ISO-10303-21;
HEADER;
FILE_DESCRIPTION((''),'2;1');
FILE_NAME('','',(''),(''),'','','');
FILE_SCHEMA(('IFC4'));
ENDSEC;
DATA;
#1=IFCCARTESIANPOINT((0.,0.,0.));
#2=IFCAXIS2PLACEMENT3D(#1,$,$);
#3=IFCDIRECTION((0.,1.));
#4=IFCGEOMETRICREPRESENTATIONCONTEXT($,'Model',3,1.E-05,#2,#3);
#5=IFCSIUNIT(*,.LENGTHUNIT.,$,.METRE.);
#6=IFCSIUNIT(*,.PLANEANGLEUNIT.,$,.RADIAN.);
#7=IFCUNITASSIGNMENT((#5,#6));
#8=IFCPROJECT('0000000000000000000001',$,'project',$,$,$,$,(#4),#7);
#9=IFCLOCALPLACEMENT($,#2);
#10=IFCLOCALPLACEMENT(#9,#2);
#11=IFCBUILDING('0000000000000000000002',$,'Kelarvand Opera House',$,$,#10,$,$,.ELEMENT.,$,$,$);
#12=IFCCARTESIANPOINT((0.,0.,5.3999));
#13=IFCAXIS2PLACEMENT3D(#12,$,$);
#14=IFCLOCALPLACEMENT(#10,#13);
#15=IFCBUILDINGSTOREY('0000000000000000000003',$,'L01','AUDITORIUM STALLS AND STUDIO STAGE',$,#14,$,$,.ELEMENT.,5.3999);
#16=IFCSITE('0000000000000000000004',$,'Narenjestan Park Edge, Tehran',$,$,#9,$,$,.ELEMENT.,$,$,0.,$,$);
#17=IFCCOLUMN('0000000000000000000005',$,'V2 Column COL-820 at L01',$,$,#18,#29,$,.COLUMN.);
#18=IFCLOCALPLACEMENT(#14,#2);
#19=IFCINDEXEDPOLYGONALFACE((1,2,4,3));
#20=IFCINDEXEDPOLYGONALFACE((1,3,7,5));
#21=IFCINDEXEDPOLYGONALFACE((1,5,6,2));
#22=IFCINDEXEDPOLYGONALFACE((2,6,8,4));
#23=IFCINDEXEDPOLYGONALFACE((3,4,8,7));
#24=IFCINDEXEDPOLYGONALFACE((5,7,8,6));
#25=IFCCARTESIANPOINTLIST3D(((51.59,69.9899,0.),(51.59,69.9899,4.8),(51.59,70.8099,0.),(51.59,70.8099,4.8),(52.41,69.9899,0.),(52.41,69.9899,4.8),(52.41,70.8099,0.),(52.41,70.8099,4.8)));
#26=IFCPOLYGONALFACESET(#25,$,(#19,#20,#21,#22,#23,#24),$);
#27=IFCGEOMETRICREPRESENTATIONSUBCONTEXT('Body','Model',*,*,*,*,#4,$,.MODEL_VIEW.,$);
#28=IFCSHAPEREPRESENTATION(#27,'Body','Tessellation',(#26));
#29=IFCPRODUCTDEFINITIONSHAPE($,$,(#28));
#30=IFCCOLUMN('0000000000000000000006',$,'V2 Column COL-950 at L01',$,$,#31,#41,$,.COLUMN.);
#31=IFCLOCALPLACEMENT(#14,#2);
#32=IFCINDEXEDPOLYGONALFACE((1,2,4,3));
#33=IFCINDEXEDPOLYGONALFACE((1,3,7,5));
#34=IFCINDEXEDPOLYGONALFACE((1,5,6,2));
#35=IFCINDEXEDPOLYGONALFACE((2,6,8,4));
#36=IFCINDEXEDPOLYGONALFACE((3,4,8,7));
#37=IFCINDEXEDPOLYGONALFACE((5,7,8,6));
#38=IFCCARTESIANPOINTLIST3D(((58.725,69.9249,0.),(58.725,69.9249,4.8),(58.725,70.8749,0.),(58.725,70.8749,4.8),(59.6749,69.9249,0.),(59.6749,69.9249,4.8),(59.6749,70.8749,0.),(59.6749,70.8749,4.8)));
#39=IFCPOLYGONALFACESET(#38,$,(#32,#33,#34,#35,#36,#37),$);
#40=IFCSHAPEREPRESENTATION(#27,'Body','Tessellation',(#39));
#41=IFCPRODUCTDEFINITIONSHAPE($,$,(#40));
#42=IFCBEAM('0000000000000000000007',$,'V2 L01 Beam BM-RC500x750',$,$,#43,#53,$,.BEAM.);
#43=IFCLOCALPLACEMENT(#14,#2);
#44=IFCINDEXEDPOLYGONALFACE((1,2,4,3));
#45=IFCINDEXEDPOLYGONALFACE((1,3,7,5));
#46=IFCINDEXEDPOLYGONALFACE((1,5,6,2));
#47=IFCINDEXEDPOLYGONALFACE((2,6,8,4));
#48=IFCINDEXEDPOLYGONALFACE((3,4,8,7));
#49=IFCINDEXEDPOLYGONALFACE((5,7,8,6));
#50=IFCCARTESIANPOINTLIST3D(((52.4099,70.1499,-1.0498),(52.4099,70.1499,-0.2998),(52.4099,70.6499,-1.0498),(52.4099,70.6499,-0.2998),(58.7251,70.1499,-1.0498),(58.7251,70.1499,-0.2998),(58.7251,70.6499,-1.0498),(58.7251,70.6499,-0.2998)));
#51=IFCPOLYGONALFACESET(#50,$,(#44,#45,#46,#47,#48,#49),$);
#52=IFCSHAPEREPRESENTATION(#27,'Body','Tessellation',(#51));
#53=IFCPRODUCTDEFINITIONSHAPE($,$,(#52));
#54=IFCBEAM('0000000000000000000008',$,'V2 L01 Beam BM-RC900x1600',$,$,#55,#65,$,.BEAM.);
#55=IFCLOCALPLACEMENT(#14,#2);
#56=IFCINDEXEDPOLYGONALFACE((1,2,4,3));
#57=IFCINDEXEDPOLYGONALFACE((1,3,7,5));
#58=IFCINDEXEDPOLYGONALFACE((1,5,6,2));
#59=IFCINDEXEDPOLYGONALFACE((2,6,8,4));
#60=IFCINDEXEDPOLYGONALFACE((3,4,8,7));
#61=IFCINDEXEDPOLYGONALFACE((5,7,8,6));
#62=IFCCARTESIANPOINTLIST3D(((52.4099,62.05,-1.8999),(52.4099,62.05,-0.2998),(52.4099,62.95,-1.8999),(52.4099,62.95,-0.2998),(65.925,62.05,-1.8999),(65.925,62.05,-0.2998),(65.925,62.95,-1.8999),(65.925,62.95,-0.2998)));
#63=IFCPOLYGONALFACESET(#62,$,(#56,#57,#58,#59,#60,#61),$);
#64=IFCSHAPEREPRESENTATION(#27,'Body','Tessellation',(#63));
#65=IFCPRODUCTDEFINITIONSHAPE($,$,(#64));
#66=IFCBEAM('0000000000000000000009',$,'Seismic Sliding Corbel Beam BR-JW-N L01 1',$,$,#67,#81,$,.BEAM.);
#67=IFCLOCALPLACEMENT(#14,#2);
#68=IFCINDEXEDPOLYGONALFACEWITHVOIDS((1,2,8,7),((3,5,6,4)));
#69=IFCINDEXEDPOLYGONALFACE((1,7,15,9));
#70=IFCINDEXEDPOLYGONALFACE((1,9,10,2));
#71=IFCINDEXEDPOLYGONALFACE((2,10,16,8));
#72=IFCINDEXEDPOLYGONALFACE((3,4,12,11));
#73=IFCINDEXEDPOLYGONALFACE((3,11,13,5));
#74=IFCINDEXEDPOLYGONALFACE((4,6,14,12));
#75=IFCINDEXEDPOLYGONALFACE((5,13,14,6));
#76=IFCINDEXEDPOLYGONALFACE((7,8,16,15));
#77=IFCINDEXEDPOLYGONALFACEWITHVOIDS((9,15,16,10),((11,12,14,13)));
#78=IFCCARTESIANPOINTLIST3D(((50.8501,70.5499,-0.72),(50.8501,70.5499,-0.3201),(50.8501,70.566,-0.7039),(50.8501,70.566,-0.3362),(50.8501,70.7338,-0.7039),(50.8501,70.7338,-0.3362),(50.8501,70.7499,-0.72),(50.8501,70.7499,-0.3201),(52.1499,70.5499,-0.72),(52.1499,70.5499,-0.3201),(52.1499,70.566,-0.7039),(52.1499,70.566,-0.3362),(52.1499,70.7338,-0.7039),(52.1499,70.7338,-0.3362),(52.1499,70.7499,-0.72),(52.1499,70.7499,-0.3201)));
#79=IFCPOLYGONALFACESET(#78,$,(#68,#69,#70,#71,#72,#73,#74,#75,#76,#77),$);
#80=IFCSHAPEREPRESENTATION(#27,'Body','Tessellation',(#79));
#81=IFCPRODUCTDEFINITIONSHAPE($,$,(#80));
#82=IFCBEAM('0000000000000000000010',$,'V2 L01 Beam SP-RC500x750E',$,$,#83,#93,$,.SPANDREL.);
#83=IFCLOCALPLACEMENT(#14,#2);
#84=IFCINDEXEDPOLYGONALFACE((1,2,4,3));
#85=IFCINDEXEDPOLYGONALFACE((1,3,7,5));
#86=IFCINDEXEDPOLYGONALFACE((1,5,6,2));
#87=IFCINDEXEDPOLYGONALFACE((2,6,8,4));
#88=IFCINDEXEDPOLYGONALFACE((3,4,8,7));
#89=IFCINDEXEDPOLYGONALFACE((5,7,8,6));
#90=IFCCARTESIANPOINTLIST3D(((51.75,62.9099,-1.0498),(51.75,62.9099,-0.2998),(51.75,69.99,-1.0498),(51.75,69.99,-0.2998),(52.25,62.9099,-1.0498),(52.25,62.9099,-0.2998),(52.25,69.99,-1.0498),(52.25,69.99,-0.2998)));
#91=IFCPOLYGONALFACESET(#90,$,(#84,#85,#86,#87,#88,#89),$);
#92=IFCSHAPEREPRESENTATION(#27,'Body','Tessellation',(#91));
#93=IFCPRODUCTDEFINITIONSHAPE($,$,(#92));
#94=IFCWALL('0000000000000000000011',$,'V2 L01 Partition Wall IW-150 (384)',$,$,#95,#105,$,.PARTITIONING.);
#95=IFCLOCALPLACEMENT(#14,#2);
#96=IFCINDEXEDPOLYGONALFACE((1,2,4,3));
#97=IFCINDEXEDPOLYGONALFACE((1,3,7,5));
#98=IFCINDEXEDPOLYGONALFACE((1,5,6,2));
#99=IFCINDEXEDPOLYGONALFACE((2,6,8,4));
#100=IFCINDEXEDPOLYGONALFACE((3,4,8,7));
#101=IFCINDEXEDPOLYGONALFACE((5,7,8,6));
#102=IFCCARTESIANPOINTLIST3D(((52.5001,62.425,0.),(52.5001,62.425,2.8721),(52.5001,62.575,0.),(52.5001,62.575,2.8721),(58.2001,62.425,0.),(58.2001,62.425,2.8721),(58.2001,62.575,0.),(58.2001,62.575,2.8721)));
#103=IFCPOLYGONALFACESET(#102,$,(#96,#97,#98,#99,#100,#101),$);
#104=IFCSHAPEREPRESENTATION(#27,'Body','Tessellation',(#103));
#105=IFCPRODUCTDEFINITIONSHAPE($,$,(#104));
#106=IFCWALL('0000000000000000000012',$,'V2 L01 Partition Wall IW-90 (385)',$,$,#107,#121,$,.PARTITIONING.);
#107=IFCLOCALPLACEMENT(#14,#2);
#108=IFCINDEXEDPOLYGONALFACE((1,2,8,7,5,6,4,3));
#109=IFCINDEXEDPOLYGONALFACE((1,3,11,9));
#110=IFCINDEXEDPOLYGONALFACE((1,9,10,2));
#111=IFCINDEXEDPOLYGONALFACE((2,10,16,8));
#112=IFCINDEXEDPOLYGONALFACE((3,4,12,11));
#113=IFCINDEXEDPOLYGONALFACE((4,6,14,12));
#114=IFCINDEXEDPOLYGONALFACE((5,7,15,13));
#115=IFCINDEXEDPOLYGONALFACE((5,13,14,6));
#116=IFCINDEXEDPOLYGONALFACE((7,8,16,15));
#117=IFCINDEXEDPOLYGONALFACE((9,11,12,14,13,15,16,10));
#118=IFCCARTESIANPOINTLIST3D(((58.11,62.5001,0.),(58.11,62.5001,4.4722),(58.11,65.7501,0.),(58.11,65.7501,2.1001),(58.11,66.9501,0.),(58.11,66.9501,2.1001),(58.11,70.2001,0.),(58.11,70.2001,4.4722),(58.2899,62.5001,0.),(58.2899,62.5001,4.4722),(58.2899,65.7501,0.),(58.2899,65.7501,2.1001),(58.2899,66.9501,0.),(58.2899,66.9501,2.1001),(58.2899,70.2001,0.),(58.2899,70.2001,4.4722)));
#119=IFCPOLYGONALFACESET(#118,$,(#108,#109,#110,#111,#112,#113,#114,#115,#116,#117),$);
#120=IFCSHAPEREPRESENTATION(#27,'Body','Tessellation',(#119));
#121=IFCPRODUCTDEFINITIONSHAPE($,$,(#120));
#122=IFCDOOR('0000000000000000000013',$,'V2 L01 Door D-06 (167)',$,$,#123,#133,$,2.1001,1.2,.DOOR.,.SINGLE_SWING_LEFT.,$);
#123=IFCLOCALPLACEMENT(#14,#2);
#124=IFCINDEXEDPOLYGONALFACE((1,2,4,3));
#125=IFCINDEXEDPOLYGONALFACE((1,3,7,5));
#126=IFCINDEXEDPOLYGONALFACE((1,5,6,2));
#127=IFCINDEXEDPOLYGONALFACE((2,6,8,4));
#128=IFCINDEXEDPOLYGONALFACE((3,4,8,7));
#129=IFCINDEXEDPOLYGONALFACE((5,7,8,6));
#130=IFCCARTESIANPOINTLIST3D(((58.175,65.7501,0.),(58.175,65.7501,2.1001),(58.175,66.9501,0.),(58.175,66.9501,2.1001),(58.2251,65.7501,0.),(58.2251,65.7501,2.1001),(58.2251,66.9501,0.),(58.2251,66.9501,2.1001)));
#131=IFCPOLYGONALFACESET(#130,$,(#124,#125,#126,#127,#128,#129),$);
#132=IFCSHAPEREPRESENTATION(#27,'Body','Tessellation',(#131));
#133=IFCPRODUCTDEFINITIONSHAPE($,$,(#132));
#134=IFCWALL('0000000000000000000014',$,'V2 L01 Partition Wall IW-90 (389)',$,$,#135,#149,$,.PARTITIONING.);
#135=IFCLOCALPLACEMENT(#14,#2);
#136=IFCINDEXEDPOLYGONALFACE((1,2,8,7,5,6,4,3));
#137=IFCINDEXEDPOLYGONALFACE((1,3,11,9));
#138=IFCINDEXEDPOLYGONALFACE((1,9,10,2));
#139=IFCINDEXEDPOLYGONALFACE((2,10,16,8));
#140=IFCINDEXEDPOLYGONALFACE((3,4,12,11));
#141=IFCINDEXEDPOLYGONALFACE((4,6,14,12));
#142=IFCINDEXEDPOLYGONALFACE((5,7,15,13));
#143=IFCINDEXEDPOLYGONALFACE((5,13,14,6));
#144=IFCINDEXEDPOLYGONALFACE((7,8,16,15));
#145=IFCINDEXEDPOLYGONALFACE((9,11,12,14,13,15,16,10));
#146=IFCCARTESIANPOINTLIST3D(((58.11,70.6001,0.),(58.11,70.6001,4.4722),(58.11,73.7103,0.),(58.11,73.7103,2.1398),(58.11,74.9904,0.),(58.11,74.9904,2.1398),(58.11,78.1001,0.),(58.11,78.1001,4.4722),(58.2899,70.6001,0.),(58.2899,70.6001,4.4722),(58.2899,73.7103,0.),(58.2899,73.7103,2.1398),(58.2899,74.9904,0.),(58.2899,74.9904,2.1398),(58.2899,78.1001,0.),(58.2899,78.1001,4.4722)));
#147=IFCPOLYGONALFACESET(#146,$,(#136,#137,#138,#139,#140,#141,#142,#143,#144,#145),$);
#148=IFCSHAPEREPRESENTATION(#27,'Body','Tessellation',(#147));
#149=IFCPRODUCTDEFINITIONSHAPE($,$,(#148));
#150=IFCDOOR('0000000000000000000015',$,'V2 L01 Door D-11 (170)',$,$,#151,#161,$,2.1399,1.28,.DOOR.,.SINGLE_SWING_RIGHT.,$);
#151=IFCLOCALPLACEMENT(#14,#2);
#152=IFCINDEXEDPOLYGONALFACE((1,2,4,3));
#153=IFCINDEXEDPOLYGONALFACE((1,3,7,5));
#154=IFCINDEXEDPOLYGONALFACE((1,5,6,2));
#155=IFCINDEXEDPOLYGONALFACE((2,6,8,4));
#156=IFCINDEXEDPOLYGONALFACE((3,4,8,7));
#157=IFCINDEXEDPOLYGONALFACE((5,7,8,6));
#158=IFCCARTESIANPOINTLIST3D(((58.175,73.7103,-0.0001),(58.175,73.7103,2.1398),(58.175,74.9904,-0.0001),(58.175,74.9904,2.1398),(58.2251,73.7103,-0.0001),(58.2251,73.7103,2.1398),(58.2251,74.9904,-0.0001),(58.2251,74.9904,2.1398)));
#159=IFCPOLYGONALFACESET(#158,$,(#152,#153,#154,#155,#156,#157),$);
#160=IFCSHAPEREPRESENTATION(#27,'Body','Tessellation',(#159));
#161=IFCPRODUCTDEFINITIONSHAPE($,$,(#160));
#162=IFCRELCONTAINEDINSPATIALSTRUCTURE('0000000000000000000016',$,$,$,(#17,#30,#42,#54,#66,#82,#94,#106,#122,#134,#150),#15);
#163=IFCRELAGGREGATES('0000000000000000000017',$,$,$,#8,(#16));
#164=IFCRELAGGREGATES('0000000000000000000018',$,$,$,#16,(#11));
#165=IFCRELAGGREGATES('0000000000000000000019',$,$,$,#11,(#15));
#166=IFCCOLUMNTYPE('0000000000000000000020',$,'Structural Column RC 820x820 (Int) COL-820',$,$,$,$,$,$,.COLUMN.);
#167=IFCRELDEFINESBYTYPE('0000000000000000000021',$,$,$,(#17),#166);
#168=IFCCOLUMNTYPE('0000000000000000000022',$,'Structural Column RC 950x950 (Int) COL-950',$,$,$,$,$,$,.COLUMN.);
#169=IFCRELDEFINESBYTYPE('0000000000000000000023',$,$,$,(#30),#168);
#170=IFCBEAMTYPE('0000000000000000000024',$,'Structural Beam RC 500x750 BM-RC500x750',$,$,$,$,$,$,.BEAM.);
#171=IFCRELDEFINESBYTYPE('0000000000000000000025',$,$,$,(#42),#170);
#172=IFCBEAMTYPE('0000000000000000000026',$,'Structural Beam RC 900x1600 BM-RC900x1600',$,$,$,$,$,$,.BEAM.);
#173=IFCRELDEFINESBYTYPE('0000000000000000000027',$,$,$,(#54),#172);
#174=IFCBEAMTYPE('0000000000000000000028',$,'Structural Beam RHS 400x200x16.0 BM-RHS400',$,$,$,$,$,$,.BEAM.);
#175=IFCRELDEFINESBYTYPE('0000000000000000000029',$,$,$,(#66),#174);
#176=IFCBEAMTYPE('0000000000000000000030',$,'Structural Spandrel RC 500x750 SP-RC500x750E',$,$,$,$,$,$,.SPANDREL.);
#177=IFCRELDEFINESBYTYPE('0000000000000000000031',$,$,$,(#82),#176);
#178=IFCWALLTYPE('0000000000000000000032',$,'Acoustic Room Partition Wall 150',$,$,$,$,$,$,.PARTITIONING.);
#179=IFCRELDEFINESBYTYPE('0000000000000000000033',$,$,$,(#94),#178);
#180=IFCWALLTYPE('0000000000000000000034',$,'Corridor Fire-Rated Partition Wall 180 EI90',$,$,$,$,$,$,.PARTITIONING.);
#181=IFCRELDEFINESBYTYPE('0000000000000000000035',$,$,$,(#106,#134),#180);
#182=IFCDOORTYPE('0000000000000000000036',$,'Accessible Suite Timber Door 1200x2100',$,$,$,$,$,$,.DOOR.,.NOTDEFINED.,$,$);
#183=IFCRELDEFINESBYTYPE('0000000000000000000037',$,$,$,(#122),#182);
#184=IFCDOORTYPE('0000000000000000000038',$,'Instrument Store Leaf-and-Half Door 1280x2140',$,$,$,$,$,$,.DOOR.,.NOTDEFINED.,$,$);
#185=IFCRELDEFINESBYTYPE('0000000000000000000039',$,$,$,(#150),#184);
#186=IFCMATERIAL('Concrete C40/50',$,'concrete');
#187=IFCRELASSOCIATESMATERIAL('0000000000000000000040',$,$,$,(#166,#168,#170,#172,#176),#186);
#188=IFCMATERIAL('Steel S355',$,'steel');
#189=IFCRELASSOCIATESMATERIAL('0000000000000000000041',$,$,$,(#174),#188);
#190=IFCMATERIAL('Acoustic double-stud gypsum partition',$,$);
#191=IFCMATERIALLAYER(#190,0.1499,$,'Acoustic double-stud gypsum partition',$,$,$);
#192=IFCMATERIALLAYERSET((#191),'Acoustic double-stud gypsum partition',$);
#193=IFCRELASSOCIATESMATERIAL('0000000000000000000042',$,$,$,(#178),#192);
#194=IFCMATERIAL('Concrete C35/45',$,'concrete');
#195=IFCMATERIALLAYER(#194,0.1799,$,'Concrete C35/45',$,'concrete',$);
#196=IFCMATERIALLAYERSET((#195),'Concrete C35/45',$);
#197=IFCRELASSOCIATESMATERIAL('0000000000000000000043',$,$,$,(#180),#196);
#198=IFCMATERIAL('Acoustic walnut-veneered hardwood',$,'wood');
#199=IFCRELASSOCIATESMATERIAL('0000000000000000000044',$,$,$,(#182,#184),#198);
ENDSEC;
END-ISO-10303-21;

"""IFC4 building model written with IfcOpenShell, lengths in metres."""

from ifc_helpers import new_model, si_unit, direction, frame, frame_2d, origin, origin_2d, place, context, subcontext, project, spatial, rectangle, hollow_rectangle, extrude, material, layer, layer_set, material_profile, profile_set, type_object, element, fill, save


model = new_model("IFC4")

# Units and contexts
model_context = context("Model", 3, precision=1e-05, world=origin(), true_north=direction((0.0, 1.0)))
body_context = subcontext(model_context, "Body", "Model", "MODEL_VIEW")
ifc_project = project(units=[si_unit("LENGTHUNIT", "METRE"), si_unit("PLANEANGLEUNIT", "RADIAN")], contexts=[model_context])

# Site, building, storey
site_placement = place(None, origin())
site = spatial("IfcSite", under=ifc_project, at=site_placement, Name="Narenjestan Park Edge, Tehran", CompositionType="ELEMENT", RefElevation=0.0)
building_placement = place(site_placement, origin())
building = spatial("IfcBuilding", under=site, at=building_placement, Name="Kelarvand Opera House", CompositionType="ELEMENT")
storey_placement = place(building_placement, frame((0.0, 0.0, 5.3999)))
storey = spatial("IfcBuildingStorey", under=building, at=storey_placement, Name="L01", Description="AUDITORIUM STALLS AND STUDIO STAGE", CompositionType="ELEMENT", Elevation=5.3999)

# Columns
ifc_material_1 = material(Name="Concrete C40/50", Category="concrete")
ifc_material_profile_1 = material_profile(ifc_material_1, rectangle(XDim=0.8201, YDim=0.8201, at=origin_2d()), Name="RC 820x820", Category="concrete")
ifc_profile_set_1 = profile_set([ifc_material_profile_1], Name="Concrete C40/50")
column_type_1 = type_object("IfcColumnType", Name="Structural Column RC 820x820 (Int) COL-820", PredefinedType="COLUMN", material=ifc_profile_set_1)
column_1_placement = place(storey_placement, frame((52.0, 70.3999, 0.0), z_axis=(0.0, 0.0, 1.0), x_axis=(1.0, 0.0, 0.0)))
element("IfcColumn", 1, at=column_1_placement, inside=storey, type_object=column_type_1, Name="V2 Column COL-820 at L01", PredefinedType="COLUMN", context=body_context, shape_type="SweptSolid", body=[
    extrude(rectangle(XDim=0.8201, YDim=0.8201, at=origin_2d()), origin(), (0.0, 0.0, 1.0), 4.8),
])
ifc_material_profile_2 = material_profile(ifc_material_1, rectangle(XDim=0.95, YDim=0.95, at=origin_2d()), Name="RC 950x950", Category="concrete")
ifc_profile_set_2 = profile_set([ifc_material_profile_2], Name="Concrete C40/50")
column_type_2 = type_object("IfcColumnType", Name="Structural Column RC 950x950 (Int) COL-950", PredefinedType="COLUMN", material=ifc_profile_set_2)
column_2_placement = place(storey_placement, frame((59.2, 70.3999, 0.0), z_axis=(0.0, 0.0, 1.0), x_axis=(1.0, 0.0, 0.0)))
element("IfcColumn", 2, at=column_2_placement, inside=storey, type_object=column_type_2, Name="V2 Column COL-950 at L01", PredefinedType="COLUMN", context=body_context, shape_type="SweptSolid", body=[
    extrude(rectangle(XDim=0.95, YDim=0.95, at=origin_2d()), origin(), (0.0, 0.0, 1.0), 4.8),
])

# Beams
ifc_material_profile_3 = material_profile(ifc_material_1, rectangle(XDim=0.5, YDim=0.75, at=origin_2d()), Name="RC 500x750", Category="concrete")
ifc_profile_set_3 = profile_set([ifc_material_profile_3], Name="Concrete C40/50")
beam_type_1 = type_object("IfcBeamType", Name="Structural Beam RC 500x750 BM-RC500x750", PredefinedType="BEAM", material=ifc_profile_set_3)
beam_1_placement = place(storey_placement, frame((52.4099, 70.3999, -0.6748), z_axis=(1.0, 0.0, 0.0), x_axis=(0.0, 1.0, 0.0)))
element("IfcBeam", 3, at=beam_1_placement, inside=storey, type_object=beam_type_1, Name="V2 L01 Beam BM-RC500x750", PredefinedType="BEAM", context=body_context, shape_type="SweptSolid", body=[
    extrude(rectangle(XDim=0.5, YDim=0.75, at=origin_2d()), origin(), (0.0, 0.0, 1.0), 6.3152),
])
ifc_material_profile_4 = material_profile(ifc_material_1, rectangle(XDim=0.8999, YDim=1.6001, at=origin_2d()), Name="RC 900x1600", Category="concrete")
ifc_profile_set_4 = profile_set([ifc_material_profile_4], Name="Concrete C40/50")
beam_type_2 = type_object("IfcBeamType", Name="Structural Beam RC 900x1600 BM-RC900x1600", PredefinedType="BEAM", material=ifc_profile_set_4)
beam_2_placement = place(storey_placement, frame((52.4099, 62.5, -1.0999), z_axis=(1.0, 0.0, 0.0), x_axis=(0.0, 1.0, 0.0)))
element("IfcBeam", 4, at=beam_2_placement, inside=storey, type_object=beam_type_2, Name="V2 L01 Beam BM-RC900x1600", PredefinedType="BEAM", context=body_context, shape_type="SweptSolid", body=[
    extrude(rectangle(XDim=0.8999, YDim=1.6001, at=origin_2d()), origin(), (0.0, 0.0, 1.0), 13.5151),
])
ifc_material_2 = material(Name="Steel S355", Category="steel")
ifc_material_profile_5 = material_profile(ifc_material_2, hollow_rectangle(XDim=0.2, YDim=0.3999, WallThickness=0.0161, at=origin_2d()), Name="RHS 400x200x16.0", Category="steel")
ifc_profile_set_5 = profile_set([ifc_material_profile_5], Name="Steel S355")
beam_type_3 = type_object("IfcBeamType", Name="Structural Beam RHS 400x200x16.0 BM-RHS400", PredefinedType="BEAM", material=ifc_profile_set_5)
beam_3_placement = place(storey_placement, frame((50.8501, 70.6499, -0.52), z_axis=(1.0, 0.0, 0.0), x_axis=(0.0, 1.0, 0.0)))
element("IfcBeam", 5, at=beam_3_placement, inside=storey, type_object=beam_type_3, Name="Seismic Sliding Corbel Beam BR-JW-N L01 1", PredefinedType="BEAM", context=body_context, shape_type="SweptSolid", body=[
    extrude(hollow_rectangle(XDim=0.2, YDim=0.3999, WallThickness=0.0161, at=origin_2d()), origin(), (0.0, 0.0, 1.0), 1.2998),
])
ifc_material_profile_6 = material_profile(ifc_material_1, rectangle(XDim=0.5, YDim=0.75, at=origin_2d()), Name="RC 500x750", Category="concrete")
ifc_profile_set_6 = profile_set([ifc_material_profile_6], Name="Concrete C40/50")
beam_type_4 = type_object("IfcBeamType", Name="Structural Spandrel RC 500x750 SP-RC500x750E", PredefinedType="SPANDREL", material=ifc_profile_set_6)
beam_4_placement = place(storey_placement, frame((52.0, 62.9099, -0.6748), z_axis=(0.0, 1.0, 0.0), x_axis=(-1.0, 0.0, 0.0)))
element("IfcBeam", 6, at=beam_4_placement, inside=storey, type_object=beam_type_4, Name="V2 L01 Beam SP-RC500x750E", PredefinedType="SPANDREL", context=body_context, shape_type="SweptSolid", body=[
    extrude(rectangle(XDim=0.5, YDim=0.75, at=origin_2d()), origin(), (0.0, 0.0, 1.0), 7.0801),
])

# Wall
ifc_material_3 = material(Name="Acoustic double-stud gypsum partition")
ifc_layer_1 = layer(ifc_material_3, 0.1499, Name="Acoustic double-stud gypsum partition")
ifc_layer_set_1 = layer_set([ifc_layer_1], Name="Acoustic double-stud gypsum partition")
wall_type_1 = type_object("IfcWallType", Name="Acoustic Room Partition Wall 150", PredefinedType="PARTITIONING", material=ifc_layer_set_1)
wall_1_placement = place(storey_placement, frame((52.5, 62.5, 0.0), z_axis=(0.0, 0.0, 1.0), x_axis=(1.0, 0.0, 0.0)))
element("IfcWall", 7, at=wall_1_placement, inside=storey, type_object=wall_type_1, Name="V2 L01 Partition Wall IW-150 (384)", PredefinedType="PARTITIONING", context=body_context, shape_type="SweptSolid", body=[
    extrude(rectangle(XDim=5.7, YDim=0.1499, at=frame_2d((2.8501, 0.0))), origin(), (0.0, 0.0, 1.0), 2.8721),
])

# Walls, openings, doors
ifc_material_4 = material(Name="Concrete C35/45", Category="concrete")
ifc_layer_2 = layer(ifc_material_4, 0.1799, Name="Concrete C35/45", Category="concrete")
ifc_layer_set_2 = layer_set([ifc_layer_2], Name="Concrete C35/45")
wall_type_2 = type_object("IfcWallType", Name="Corridor Fire-Rated Partition Wall 180 EI90", PredefinedType="PARTITIONING", material=ifc_layer_set_2)
wall_2_placement = place(storey_placement, frame((58.2, 62.5, 0.0), z_axis=(0.0, 0.0, 1.0), x_axis=(0.0, 1.0, 0.0)))
wall_2 = element("IfcWall", 8, at=wall_2_placement, inside=storey, type_object=wall_type_2, Name="V2 L01 Partition Wall IW-90 (385)", PredefinedType="PARTITIONING", context=body_context, shape_type="SweptSolid", body=[
    extrude(rectangle(XDim=7.7, YDim=0.1799, at=frame_2d((3.8501, 0.0))), origin(), (0.0, 0.0, 1.0), 4.4722),
])
opening_1_placement = place(wall_2_placement, frame((3.25, 0.0, 0.0)))
opening_1 = element("IfcOpeningElement", 9, at=opening_1_placement, cuts=wall_2, PredefinedType="OPENING", context=body_context, shape_type="SweptSolid", body=[
    extrude(rectangle(XDim=1.2, YDim=2.1001, at=frame_2d((0.6001, 1.05))), frame((0.0, 0.1001, 0.0), z_axis=(0.0, -1.0, 0.0), x_axis=(1.0, 0.0, 0.0)), (0.0, 0.0, 1.0), 0.2),
])
ifc_material_5 = material(Name="Acoustic walnut-veneered hardwood", Category="wood")
door_type_1 = type_object("IfcDoorType", Name="Accessible Suite Timber Door 1200x2100", OperationType="NOTDEFINED", PredefinedType="DOOR", material=ifc_material_5)
door_1_placement = place(opening_1_placement, origin())
door_1 = element("IfcDoor", 10, at=door_1_placement, inside=storey, type_object=door_type_1, Name="V2 L01 Door D-06 (167)", OperationType="SINGLE_SWING_LEFT", OverallHeight=2.1001, OverallWidth=1.2, PredefinedType="DOOR", context=body_context, shape_type="SweptSolid", body=[
    extrude(rectangle(XDim=1.2, YDim=2.1001, at=frame_2d((0.6001, 1.05))), frame((0.0, 0.0249, 0.0), z_axis=(0.0, -1.0, 0.0), x_axis=(1.0, 0.0, 0.0)), (0.0, 0.0, 1.0), 0.05),
])
fill(opening_1, door_1)
wall_3_placement = place(storey_placement, frame((58.2, 70.6001, 0.0), z_axis=(0.0, 0.0, 1.0), x_axis=(0.0, 1.0, 0.0)))
wall_3 = element("IfcWall", 11, at=wall_3_placement, inside=storey, type_object=wall_type_2, Name="V2 L01 Partition Wall IW-90 (389)", PredefinedType="PARTITIONING", context=body_context, shape_type="SweptSolid", body=[
    extrude(rectangle(XDim=7.5, YDim=0.1799, at=frame_2d((3.75, 0.0))), origin(), (0.0, 0.0, 1.0), 4.4722),
])
opening_2_placement = place(wall_3_placement, frame((3.1101, 0.0, 0.0)))
opening_2 = element("IfcOpeningElement", 12, at=opening_2_placement, cuts=wall_3, PredefinedType="OPENING", context=body_context, shape_type="SweptSolid", body=[
    extrude(rectangle(XDim=1.28, YDim=2.1399, at=frame_2d((0.6401, 1.0698))), frame((0.0, 0.1001, 0.0), z_axis=(0.0, -1.0, 0.0), x_axis=(1.0, 0.0, 0.0)), (0.0, 0.0, 1.0), 0.2),
])
door_type_2 = type_object("IfcDoorType", Name="Instrument Store Leaf-and-Half Door 1280x2140", OperationType="NOTDEFINED", PredefinedType="DOOR", material=ifc_material_5)
door_2_placement = place(opening_2_placement, origin())
door_2 = element("IfcDoor", 13, at=door_2_placement, inside=storey, type_object=door_type_2, Name="V2 L01 Door D-11 (170)", OperationType="SINGLE_SWING_RIGHT", OverallHeight=2.1399, OverallWidth=1.28, PredefinedType="DOOR", context=body_context, shape_type="SweptSolid", body=[
    extrude(rectangle(XDim=1.28, YDim=2.1399, at=frame_2d((0.6401, 1.0698))), frame((0.0, 0.0249, 0.0), z_axis=(0.0, -1.0, 0.0), x_axis=(1.0, 0.0, 0.0)), (0.0, 0.0, 1.0), 0.05),
])
fill(opening_2, door_2)

save(model, "model.ifc")
